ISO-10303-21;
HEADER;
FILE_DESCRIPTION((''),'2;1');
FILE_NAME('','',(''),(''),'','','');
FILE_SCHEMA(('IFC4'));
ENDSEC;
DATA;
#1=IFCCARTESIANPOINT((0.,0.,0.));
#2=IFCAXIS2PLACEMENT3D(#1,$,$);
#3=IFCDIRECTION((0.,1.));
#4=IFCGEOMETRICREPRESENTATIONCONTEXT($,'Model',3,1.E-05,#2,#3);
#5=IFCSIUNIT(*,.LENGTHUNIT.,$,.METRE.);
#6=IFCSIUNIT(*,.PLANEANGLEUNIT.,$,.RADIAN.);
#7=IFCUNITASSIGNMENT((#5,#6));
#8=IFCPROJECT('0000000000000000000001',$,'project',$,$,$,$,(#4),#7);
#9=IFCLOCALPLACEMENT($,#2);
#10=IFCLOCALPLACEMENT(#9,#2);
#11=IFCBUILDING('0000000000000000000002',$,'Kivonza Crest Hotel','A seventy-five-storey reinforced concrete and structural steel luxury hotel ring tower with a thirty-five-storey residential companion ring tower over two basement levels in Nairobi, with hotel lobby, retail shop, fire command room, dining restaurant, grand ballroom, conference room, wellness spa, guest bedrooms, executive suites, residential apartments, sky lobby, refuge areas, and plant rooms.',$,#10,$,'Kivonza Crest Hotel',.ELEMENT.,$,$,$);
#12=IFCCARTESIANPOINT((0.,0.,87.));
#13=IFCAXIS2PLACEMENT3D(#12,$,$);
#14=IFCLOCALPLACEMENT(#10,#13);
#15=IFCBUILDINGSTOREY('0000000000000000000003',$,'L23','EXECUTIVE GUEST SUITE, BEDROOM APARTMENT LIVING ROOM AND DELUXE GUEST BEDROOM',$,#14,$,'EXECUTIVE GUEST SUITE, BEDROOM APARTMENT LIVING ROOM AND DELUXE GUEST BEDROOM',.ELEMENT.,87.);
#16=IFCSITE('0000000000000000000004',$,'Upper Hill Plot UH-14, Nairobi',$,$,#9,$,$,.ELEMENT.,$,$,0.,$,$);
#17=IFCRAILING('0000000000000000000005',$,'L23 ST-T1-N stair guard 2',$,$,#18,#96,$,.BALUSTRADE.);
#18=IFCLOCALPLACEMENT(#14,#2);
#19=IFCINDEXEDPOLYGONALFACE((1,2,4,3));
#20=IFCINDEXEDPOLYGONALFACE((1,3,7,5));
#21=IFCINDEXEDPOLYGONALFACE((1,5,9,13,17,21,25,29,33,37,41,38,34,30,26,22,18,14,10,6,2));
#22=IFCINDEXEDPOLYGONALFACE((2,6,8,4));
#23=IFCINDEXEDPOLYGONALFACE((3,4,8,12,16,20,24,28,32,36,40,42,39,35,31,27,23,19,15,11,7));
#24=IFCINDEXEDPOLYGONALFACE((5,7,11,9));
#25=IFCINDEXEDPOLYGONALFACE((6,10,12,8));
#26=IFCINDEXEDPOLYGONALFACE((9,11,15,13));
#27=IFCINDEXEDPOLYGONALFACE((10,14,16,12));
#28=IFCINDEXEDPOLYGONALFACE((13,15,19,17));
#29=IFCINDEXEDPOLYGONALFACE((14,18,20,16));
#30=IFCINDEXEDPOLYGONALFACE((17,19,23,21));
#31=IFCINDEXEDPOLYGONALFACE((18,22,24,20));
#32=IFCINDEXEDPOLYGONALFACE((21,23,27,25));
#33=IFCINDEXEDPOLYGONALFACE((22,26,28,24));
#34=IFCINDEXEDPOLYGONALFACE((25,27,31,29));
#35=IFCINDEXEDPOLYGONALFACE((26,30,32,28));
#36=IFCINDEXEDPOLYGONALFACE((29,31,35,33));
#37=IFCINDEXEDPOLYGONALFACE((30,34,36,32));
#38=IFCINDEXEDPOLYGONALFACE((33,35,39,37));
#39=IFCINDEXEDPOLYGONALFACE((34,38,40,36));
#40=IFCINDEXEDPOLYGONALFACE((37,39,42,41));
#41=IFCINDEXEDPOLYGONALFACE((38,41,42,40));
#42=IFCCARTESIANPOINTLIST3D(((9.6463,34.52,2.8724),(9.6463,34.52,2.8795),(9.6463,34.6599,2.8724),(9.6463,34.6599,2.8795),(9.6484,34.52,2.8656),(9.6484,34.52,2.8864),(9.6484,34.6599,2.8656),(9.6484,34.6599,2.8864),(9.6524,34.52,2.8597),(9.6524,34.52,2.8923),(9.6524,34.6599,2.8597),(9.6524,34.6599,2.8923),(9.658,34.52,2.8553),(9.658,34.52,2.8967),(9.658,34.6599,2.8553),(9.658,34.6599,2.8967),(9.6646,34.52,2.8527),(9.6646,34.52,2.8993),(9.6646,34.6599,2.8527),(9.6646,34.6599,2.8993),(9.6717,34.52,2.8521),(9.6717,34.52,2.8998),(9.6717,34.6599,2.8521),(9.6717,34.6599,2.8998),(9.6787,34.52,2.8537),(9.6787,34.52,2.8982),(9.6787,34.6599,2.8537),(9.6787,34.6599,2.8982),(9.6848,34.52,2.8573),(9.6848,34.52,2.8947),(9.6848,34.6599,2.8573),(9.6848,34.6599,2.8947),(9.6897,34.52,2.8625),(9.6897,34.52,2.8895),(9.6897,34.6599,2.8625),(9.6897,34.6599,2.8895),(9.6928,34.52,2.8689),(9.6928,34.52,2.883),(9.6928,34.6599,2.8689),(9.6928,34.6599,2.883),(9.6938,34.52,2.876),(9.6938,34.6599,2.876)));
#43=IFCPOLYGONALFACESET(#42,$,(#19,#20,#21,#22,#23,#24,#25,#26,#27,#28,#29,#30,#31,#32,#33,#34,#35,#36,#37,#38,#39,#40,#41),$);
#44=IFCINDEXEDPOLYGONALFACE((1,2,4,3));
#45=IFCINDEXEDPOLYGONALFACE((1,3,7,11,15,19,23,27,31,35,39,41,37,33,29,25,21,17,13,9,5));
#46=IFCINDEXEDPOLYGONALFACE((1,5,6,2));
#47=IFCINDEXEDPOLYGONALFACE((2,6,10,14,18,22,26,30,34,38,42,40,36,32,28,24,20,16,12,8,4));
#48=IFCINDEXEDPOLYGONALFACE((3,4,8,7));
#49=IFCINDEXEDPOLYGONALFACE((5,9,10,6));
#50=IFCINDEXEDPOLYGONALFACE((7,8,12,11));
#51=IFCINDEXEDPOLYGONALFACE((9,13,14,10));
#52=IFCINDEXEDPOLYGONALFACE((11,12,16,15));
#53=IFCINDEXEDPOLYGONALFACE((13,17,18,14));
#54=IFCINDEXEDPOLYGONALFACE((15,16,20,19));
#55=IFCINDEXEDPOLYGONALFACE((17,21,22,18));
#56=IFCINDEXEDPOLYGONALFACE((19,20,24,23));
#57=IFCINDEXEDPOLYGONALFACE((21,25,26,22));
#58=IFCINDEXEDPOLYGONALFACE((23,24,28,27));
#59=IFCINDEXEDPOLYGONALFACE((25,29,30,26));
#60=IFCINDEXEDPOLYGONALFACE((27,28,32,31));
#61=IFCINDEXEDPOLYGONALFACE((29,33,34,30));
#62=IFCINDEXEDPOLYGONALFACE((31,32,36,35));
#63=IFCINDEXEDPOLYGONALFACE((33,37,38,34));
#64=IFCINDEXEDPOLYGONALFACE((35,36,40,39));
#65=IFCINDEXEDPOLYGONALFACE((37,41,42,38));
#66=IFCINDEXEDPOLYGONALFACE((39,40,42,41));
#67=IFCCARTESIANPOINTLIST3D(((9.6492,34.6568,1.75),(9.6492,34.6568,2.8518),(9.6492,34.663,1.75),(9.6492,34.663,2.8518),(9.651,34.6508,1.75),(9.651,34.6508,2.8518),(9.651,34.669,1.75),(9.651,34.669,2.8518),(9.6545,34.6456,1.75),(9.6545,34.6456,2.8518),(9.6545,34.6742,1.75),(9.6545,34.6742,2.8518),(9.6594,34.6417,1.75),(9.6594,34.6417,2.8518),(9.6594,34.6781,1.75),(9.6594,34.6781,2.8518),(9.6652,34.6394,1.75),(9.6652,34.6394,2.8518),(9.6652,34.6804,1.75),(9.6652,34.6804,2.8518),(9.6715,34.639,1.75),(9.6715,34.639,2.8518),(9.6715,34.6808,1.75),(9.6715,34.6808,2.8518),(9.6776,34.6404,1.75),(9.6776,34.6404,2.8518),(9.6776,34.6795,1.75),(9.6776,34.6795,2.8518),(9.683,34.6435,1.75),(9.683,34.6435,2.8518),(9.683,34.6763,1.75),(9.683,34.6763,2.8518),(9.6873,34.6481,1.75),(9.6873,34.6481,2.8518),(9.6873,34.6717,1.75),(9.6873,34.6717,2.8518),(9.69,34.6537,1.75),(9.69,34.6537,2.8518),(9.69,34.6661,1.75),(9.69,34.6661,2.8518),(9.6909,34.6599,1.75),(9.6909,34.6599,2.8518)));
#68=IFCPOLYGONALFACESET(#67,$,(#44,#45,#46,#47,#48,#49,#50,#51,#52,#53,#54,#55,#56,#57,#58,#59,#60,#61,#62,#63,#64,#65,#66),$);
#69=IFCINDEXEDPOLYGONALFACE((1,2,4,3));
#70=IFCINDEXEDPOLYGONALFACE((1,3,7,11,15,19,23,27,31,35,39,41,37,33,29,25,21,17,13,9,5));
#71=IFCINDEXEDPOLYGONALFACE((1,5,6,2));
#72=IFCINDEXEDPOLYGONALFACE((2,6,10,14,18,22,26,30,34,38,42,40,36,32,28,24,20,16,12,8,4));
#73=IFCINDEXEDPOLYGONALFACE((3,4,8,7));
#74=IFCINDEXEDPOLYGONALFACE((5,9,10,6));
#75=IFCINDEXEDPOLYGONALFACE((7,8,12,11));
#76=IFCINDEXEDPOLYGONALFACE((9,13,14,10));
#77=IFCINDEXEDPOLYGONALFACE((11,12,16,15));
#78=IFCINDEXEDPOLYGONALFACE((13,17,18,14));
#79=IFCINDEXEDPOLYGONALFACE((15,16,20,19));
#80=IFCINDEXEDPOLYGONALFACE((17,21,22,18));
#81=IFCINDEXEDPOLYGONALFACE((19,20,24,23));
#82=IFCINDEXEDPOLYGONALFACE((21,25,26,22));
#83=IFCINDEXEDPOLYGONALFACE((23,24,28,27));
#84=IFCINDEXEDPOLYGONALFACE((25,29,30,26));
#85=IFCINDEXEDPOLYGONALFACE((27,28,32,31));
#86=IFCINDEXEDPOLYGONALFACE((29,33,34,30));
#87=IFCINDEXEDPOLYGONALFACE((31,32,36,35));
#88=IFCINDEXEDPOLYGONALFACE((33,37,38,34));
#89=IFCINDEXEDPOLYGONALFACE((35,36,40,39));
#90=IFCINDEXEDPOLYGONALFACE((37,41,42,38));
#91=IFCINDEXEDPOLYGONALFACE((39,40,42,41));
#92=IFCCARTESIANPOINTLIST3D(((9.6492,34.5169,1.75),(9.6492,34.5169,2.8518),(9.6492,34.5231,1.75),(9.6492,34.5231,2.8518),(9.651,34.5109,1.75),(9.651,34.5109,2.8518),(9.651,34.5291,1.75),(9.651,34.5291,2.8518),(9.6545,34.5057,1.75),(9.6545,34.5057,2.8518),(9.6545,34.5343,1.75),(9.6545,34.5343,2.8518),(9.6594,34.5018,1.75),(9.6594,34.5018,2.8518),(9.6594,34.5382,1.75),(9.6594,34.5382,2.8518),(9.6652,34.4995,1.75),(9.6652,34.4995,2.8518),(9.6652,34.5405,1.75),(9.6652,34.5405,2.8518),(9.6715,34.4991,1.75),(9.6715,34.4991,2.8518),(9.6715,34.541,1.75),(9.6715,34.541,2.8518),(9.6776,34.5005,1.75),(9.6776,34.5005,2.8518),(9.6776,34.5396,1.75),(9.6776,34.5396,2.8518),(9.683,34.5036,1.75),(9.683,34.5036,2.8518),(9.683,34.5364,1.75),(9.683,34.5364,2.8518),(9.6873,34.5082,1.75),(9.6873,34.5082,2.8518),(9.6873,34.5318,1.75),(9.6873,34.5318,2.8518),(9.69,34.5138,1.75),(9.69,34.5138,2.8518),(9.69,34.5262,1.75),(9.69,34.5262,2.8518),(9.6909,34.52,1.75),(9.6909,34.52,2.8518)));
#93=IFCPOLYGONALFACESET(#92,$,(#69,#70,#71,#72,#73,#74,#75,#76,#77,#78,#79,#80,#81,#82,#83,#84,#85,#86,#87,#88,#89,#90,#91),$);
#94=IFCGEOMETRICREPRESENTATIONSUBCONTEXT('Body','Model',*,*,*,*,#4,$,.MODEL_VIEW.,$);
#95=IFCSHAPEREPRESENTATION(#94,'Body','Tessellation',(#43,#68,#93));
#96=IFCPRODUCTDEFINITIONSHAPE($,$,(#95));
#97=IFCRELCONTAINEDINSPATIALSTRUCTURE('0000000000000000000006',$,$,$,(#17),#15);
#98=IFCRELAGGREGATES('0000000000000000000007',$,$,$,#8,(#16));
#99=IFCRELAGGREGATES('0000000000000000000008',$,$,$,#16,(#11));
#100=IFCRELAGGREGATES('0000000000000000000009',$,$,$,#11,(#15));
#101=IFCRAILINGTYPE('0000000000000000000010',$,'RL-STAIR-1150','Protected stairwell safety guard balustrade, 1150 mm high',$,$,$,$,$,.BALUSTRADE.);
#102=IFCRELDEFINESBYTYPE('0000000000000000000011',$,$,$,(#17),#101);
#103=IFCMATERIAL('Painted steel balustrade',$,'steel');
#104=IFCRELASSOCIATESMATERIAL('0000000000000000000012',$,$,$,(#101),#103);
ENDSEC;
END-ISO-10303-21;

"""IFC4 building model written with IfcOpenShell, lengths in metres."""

from ifc_helpers import new_model, si_unit, direction, frame, origin, origin_2d, place, context, subcontext, project, spatial, circle, extrude, material, type_object, element, save


model = new_model("IFC4")

# Units and contexts
model_context = context("Model", 3, precision=1e-05, world=origin(), true_north=direction((0.0, 1.0)))
body_context = subcontext(model_context, "Body", "Model", "MODEL_VIEW")
ifc_project = project(units=[si_unit("LENGTHUNIT", "METRE"), si_unit("PLANEANGLEUNIT", "RADIAN")], contexts=[model_context])

# Site, building, storey
site_placement = place(None, origin())
site = spatial("IfcSite", under=ifc_project, at=site_placement, Name="Upper Hill Plot UH-14, Nairobi", CompositionType="ELEMENT", RefElevation=0.0)
building_placement = place(site_placement, origin())
building = spatial("IfcBuilding", under=site, at=building_placement, Name="Kivonza Crest Hotel", Description="A seventy-five-storey reinforced concrete and structural steel luxury hotel ring tower with a thirty-five-storey residential companion ring tower over two basement levels in Nairobi, with hotel lobby, retail shop, fire command room, dining restaurant, grand ballroom, conference room, wellness spa, guest bedrooms, executive suites, residential apartments, sky lobby, refuge areas, and plant rooms.", LongName="Kivonza Crest Hotel", CompositionType="ELEMENT")
storey_placement = place(building_placement, frame((0.0, 0.0, 87.0)))
storey = spatial("IfcBuildingStorey", under=building, at=storey_placement, Name="L23", Description="EXECUTIVE GUEST SUITE, BEDROOM APARTMENT LIVING ROOM AND DELUXE GUEST BEDROOM", LongName="EXECUTIVE GUEST SUITE, BEDROOM APARTMENT LIVING ROOM AND DELUXE GUEST BEDROOM", CompositionType="ELEMENT", Elevation=87.0)

# Railing
ifc_material_1 = material(Name="Painted steel balustrade", Category="steel")
railing_type_1 = type_object("IfcRailingType", Name="RL-STAIR-1150", Description="Protected stairwell safety guard balustrade, 1150 mm high", PredefinedType="BALUSTRADE", material=ifc_material_1)
railing_1_placement = place(storey_placement, frame((9.6699, 34.6599, 1.75)))
element("IfcRailing", 1, at=railing_1_placement, inside=storey, type_object=railing_type_1, Name="L23 ST-T1-N stair guard 2", PredefinedType="BALUSTRADE", context=body_context, shape_type="SweptSolid", body=[
    extrude(circle(Radius=0.0239, at=origin_2d()), frame((0.0, 0.0, 1.126), z_axis=(0.0, -1.0, 0.0), x_axis=(1.0, 0.0, 0.0)), (0.0, 0.0, 1.0), 0.1399),
    extrude(circle(Radius=0.021, at=origin_2d()), origin(), (0.0, 0.0, 1.0), 1.1018),
    extrude(circle(Radius=0.021, at=origin_2d()), frame((0.0, -0.1399, 0.0)), (0.0, 0.0, 1.0), 1.1018),
])

save(model, "model.ifc")
